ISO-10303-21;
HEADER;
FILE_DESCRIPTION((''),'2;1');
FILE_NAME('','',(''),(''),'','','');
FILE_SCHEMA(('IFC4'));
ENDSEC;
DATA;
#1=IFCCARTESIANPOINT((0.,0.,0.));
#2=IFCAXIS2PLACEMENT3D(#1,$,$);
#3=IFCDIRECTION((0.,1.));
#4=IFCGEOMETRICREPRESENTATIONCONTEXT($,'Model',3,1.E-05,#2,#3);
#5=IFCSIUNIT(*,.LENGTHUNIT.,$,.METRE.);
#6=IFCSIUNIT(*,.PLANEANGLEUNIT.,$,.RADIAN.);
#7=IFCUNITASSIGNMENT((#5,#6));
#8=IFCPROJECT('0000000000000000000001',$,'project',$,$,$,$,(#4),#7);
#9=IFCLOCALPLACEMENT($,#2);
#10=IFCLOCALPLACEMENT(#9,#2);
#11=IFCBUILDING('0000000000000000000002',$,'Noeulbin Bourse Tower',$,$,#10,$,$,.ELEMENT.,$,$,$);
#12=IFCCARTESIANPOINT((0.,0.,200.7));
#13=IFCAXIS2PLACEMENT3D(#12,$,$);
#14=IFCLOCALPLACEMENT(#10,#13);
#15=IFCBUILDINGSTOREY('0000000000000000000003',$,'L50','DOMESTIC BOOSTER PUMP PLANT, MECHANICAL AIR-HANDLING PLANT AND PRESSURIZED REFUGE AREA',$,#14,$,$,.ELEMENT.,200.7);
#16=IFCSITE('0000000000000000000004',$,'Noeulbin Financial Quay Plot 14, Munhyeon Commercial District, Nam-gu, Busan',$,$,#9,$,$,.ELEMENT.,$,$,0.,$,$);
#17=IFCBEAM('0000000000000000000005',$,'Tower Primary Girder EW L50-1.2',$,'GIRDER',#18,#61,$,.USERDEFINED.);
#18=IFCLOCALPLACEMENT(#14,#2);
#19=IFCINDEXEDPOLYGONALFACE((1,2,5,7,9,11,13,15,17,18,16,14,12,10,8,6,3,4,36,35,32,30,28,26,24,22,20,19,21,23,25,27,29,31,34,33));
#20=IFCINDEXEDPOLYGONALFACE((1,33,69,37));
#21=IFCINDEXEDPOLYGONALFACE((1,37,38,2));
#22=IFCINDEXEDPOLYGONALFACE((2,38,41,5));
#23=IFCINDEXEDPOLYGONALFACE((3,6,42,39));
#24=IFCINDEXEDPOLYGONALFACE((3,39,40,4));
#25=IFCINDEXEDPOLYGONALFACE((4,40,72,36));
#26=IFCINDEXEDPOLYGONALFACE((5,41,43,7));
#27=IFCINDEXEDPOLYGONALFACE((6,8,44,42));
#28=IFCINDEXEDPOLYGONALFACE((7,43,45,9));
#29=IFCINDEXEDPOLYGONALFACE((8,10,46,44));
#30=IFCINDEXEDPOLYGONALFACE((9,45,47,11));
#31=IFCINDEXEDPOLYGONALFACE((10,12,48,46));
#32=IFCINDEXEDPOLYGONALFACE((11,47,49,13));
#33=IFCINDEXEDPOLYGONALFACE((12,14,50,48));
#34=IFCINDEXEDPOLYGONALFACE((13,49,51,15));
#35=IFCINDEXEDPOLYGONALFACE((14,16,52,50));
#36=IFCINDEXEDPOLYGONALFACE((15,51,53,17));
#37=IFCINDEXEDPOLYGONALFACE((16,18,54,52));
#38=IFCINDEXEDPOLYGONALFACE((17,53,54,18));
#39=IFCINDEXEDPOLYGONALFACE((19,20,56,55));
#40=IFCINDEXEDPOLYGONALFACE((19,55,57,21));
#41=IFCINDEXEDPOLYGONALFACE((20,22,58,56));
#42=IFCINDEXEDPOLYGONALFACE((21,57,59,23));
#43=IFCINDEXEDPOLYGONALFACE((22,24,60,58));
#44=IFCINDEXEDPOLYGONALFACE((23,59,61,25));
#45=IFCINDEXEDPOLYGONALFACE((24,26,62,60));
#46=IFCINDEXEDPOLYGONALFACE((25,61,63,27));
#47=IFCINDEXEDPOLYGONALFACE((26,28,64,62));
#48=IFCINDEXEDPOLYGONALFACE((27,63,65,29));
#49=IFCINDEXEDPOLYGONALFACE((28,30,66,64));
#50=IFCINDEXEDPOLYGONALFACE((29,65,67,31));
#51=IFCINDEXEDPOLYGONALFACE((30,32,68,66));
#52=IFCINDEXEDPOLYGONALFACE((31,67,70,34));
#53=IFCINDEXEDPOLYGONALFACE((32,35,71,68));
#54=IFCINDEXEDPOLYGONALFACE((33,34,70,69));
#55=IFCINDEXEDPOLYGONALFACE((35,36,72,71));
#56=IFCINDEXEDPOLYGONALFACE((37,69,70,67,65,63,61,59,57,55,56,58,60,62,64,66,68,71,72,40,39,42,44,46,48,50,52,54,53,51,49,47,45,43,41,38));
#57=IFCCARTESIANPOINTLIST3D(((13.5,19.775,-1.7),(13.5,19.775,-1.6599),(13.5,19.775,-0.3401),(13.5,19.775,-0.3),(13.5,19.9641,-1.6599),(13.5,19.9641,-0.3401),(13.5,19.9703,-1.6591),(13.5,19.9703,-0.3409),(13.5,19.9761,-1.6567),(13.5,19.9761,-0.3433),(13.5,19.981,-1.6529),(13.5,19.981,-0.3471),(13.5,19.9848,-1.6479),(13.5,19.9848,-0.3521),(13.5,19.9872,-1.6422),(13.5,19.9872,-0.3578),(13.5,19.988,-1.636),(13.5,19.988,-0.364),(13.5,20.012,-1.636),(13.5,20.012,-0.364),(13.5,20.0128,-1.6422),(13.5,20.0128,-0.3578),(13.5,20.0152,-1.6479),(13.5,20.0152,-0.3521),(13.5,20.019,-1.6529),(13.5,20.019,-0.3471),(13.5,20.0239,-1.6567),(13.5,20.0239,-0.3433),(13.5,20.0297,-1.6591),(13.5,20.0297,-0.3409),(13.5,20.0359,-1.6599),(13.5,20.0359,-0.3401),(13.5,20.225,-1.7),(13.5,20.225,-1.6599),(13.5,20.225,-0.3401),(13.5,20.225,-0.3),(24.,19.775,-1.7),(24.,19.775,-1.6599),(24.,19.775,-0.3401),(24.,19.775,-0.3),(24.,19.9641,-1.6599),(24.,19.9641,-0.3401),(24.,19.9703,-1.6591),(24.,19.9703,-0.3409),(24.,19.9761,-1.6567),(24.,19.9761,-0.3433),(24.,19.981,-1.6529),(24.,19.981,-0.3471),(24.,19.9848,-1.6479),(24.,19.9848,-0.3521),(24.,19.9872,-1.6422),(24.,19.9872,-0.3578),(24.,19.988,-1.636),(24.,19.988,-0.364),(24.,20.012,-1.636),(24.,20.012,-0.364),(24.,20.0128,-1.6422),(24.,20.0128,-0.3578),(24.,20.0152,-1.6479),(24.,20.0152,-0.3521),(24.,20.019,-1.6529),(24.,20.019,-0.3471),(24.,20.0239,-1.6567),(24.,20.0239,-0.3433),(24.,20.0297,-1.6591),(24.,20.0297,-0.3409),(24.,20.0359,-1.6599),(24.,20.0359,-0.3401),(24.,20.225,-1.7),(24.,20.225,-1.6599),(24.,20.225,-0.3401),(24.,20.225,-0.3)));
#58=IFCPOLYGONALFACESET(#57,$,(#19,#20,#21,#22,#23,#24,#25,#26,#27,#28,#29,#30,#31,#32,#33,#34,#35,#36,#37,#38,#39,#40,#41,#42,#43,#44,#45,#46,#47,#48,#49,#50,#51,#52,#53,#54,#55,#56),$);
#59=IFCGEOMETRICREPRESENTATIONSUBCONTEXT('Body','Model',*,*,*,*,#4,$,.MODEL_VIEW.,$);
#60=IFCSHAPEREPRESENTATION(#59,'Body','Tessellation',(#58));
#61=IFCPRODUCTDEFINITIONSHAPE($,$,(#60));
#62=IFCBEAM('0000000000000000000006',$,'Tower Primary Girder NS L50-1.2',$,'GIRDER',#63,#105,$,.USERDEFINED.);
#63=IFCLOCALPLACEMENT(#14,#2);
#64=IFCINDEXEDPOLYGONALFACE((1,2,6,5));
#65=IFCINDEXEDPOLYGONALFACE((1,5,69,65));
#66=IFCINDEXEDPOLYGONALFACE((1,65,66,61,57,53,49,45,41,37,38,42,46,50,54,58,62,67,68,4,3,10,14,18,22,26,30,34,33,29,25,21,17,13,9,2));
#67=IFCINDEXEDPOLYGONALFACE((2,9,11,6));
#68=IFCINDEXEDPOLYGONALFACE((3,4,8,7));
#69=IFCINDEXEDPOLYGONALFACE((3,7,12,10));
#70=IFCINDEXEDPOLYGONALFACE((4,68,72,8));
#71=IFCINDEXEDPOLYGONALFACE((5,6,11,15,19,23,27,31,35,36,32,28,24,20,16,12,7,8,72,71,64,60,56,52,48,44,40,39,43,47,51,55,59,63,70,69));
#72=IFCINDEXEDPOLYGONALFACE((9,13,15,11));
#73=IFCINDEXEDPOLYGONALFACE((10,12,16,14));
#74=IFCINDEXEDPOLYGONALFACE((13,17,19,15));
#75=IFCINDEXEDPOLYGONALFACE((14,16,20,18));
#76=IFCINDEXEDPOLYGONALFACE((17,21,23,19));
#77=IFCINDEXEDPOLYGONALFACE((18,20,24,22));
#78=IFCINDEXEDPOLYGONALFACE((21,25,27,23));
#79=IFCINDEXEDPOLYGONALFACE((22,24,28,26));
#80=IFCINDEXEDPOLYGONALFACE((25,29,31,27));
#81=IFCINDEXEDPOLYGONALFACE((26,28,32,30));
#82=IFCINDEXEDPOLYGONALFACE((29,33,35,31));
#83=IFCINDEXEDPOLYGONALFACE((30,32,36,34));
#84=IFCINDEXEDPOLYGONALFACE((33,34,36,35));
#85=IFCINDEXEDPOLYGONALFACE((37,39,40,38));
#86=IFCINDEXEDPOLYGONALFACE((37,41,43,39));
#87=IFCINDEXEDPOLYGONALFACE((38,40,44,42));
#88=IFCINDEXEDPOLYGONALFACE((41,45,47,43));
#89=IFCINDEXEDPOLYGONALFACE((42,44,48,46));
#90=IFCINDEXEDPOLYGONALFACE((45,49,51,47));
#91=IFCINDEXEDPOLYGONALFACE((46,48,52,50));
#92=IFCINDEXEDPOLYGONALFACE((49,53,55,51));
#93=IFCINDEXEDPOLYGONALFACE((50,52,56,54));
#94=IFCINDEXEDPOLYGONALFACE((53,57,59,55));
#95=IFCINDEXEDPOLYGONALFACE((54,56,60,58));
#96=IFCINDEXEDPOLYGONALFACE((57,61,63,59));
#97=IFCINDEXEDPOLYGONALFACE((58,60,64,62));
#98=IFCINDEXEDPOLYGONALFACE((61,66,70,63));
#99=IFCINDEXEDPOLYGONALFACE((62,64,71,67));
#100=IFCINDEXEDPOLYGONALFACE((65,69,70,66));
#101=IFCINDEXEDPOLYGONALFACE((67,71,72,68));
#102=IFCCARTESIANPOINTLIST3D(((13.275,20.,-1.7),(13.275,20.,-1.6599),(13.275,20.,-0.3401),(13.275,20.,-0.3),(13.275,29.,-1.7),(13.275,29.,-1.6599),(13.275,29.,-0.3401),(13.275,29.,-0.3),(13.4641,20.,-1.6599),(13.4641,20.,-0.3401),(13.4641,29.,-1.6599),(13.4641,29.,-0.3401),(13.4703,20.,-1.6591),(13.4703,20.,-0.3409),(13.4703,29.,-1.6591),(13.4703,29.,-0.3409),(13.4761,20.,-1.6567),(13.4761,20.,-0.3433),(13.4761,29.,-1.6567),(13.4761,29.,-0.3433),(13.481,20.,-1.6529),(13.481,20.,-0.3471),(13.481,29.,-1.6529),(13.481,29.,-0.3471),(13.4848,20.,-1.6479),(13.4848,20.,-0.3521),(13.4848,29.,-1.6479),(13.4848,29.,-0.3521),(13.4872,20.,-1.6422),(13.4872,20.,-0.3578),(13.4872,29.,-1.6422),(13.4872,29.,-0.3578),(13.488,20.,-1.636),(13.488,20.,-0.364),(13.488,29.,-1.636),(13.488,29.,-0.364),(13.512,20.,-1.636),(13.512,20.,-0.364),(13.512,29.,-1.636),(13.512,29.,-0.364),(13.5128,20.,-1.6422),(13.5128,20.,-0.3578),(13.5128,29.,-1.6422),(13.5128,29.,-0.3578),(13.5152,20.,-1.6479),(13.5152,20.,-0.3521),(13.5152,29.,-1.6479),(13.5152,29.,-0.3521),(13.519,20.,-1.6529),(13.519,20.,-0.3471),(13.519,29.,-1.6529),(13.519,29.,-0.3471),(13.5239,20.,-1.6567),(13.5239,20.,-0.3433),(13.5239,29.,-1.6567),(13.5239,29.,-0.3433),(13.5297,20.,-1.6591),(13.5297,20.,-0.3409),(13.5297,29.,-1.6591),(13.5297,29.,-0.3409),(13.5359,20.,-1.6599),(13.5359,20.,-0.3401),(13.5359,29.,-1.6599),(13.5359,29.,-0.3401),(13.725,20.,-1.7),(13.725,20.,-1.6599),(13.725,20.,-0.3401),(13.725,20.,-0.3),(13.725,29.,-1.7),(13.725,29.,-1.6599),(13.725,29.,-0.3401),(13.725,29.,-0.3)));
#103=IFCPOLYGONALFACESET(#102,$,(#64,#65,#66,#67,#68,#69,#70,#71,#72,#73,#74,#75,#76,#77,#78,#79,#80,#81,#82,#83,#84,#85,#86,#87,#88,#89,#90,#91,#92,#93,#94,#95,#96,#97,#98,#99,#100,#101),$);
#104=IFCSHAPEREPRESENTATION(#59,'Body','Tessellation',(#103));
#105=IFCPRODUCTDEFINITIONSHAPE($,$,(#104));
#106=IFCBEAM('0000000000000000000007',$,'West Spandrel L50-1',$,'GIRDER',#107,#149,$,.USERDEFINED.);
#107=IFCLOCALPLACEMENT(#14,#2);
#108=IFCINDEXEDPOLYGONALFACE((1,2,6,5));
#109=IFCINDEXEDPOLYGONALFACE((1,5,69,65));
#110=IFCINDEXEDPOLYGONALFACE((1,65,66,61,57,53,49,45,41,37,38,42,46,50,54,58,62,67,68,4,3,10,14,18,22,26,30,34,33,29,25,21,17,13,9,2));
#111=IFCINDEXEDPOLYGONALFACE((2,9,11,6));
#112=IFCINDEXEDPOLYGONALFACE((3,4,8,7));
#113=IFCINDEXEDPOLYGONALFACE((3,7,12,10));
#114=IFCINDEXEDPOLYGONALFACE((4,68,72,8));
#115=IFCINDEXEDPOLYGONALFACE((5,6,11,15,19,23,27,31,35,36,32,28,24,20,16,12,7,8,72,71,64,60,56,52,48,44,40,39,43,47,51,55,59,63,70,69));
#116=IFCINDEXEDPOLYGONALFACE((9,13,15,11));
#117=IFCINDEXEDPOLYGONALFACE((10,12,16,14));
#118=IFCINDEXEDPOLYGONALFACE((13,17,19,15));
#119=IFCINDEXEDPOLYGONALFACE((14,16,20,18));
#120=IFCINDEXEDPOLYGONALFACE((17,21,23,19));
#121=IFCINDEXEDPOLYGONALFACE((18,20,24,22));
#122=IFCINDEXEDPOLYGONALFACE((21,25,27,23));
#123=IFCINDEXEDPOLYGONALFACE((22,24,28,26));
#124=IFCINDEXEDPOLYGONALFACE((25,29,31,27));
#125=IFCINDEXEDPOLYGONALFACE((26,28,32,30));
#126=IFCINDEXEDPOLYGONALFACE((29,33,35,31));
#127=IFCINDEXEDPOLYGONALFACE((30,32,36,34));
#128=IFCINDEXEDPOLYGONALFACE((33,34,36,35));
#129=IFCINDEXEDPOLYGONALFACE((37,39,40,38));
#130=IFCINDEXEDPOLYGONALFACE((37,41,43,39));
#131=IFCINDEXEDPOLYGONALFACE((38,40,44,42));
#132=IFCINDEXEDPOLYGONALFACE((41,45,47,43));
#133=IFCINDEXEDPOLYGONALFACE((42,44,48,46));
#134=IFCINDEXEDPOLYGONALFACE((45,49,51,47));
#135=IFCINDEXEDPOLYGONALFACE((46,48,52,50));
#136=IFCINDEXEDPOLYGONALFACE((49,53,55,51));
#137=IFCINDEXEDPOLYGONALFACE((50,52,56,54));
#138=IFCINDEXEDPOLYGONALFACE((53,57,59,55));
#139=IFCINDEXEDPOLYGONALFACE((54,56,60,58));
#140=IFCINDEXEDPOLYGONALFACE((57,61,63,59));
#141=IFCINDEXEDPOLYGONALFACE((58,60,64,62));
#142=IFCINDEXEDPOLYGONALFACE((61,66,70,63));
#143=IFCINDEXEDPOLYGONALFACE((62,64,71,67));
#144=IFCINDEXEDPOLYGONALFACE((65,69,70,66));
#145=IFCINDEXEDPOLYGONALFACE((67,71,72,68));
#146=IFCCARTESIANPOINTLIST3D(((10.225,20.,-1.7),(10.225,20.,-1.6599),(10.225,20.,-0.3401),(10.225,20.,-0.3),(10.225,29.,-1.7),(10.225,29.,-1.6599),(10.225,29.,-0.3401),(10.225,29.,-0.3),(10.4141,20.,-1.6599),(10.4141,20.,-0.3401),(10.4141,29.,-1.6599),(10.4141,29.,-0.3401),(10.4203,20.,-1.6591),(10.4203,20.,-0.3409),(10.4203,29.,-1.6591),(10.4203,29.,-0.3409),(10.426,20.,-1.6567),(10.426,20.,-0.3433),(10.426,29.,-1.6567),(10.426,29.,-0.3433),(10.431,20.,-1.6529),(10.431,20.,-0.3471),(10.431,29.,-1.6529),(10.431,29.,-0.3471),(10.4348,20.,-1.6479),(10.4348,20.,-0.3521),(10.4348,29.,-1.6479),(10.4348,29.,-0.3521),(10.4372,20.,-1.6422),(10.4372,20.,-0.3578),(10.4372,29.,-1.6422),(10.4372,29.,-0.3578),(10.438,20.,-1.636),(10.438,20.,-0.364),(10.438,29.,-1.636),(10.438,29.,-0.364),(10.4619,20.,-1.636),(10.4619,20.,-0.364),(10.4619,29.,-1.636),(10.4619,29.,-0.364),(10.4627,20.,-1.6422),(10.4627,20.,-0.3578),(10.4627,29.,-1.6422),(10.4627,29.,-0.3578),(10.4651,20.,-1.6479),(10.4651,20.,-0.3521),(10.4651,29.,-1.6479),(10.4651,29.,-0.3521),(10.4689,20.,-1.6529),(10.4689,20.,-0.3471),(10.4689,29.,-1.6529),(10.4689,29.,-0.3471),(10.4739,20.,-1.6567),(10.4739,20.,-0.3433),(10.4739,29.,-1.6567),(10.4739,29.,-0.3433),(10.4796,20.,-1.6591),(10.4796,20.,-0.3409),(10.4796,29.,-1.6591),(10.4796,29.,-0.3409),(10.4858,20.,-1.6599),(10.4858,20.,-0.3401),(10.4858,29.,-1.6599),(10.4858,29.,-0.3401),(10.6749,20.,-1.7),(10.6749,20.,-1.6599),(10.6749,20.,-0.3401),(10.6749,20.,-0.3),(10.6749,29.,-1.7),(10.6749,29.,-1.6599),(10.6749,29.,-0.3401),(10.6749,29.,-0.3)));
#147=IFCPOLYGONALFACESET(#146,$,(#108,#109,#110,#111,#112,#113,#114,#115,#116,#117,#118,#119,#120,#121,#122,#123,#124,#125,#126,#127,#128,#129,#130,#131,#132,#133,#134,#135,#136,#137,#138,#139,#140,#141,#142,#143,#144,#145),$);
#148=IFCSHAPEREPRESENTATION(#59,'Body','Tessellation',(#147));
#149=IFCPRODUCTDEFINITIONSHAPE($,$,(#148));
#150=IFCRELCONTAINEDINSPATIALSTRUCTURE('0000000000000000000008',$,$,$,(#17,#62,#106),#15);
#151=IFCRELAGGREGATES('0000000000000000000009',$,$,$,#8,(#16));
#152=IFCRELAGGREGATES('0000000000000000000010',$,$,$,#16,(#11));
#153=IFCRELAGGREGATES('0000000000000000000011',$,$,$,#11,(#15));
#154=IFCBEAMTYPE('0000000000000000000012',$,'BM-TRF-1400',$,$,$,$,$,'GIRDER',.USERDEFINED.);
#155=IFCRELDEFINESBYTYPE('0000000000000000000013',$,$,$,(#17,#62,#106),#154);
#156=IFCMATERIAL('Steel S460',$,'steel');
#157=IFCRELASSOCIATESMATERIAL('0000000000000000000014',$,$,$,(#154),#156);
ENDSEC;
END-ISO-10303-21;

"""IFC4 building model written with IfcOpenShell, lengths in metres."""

from ifc_helpers import new_model, si_unit, direction, frame, origin, origin_2d, place, context, subcontext, project, spatial, i_section, extrude, material, material_profile, profile_set, type_object, element, save


model = new_model("IFC4")

# Units and contexts
model_context = context("Model", 3, precision=1e-05, world=origin(), true_north=direction((0.0, 1.0)))
body_context = subcontext(model_context, "Body", "Model", "MODEL_VIEW")
ifc_project = project(units=[si_unit("LENGTHUNIT", "METRE"), si_unit("PLANEANGLEUNIT", "RADIAN")], contexts=[model_context])

# Site, building, storey
site_placement = place(None, origin())
site = spatial("IfcSite", under=ifc_project, at=site_placement, Name="Noeulbin Financial Quay Plot 14, Munhyeon Commercial District, Nam-gu, Busan", CompositionType="ELEMENT", RefElevation=0.0)
building_placement = place(site_placement, origin())
building = spatial("IfcBuilding", under=site, at=building_placement, Name="Noeulbin Bourse Tower", CompositionType="ELEMENT")
storey_placement = place(building_placement, frame((0.0, 0.0, 200.7)))
storey = spatial("IfcBuildingStorey", under=building, at=storey_placement, Name="L50", Description="DOMESTIC BOOSTER PUMP PLANT, MECHANICAL AIR-HANDLING PLANT AND PRESSURIZED REFUGE AREA", CompositionType="ELEMENT", Elevation=200.7)

# Shared definitions
ifc_material_1 = material(Name="Steel S460", Category="steel")

# Beams
ifc_material_profile_1 = material_profile(ifc_material_1, i_section(OverallWidth=0.45, OverallDepth=1.3999, WebThickness=0.0239, FlangeThickness=0.04, FilletRadius=0.0239, at=origin_2d()), Name="PG-1400x450x24x40", Category="LoadBearing")
ifc_profile_set_1 = profile_set([ifc_material_profile_1], Name="Steel S460")
beam_type_1 = type_object("IfcBeamType", Name="BM-TRF-1400", ElementType="GIRDER", PredefinedType="USERDEFINED", material=ifc_profile_set_1)
beam_1_placement = place(storey_placement, frame((13.5, 20.0, -1.0), z_axis=(1.0, 0.0, 0.0), x_axis=(0.0, 1.0, 0.0)))
element("IfcBeam", 1, at=beam_1_placement, inside=storey, type_object=beam_type_1, Name="Tower Primary Girder EW L50-1.2", ObjectType="GIRDER", PredefinedType="USERDEFINED", context=body_context, shape_type="SweptSolid", body=[
    extrude(i_section(OverallWidth=0.45, OverallDepth=1.3999, WebThickness=0.0239, FlangeThickness=0.04, FilletRadius=0.0239, at=origin_2d()), origin(), (0.0, 0.0, 1.0), 10.5),
])
for number, where, z_axis, x_axis, name in (
    (2, (13.5, 20.0, -1.0), (0.0, 1.0, 0.0), (-1.0, 0.0, 0.0), "Tower Primary Girder NS L50-1.2"),
    (3, (10.45, 20.0, -1.0), (0.0, 1.0, 0.0), (-1.0, 0.0, 0.0), "West Spandrel L50-1"),
):
    element("IfcBeam", number, at=place(storey_placement, frame(where, z_axis=z_axis, x_axis=x_axis)), inside=storey, type_object=beam_type_1, Name=name, ObjectType="GIRDER", PredefinedType="USERDEFINED", context=body_context, shape_type="SweptSolid", body=[
        extrude(i_section(OverallWidth=0.45, OverallDepth=1.3999, WebThickness=0.0239, FlangeThickness=0.04, FilletRadius=0.0239, at=origin_2d()), origin(), (0.0, 0.0, 1.0), 9.0),
    ])

save(model, "model.ifc")
